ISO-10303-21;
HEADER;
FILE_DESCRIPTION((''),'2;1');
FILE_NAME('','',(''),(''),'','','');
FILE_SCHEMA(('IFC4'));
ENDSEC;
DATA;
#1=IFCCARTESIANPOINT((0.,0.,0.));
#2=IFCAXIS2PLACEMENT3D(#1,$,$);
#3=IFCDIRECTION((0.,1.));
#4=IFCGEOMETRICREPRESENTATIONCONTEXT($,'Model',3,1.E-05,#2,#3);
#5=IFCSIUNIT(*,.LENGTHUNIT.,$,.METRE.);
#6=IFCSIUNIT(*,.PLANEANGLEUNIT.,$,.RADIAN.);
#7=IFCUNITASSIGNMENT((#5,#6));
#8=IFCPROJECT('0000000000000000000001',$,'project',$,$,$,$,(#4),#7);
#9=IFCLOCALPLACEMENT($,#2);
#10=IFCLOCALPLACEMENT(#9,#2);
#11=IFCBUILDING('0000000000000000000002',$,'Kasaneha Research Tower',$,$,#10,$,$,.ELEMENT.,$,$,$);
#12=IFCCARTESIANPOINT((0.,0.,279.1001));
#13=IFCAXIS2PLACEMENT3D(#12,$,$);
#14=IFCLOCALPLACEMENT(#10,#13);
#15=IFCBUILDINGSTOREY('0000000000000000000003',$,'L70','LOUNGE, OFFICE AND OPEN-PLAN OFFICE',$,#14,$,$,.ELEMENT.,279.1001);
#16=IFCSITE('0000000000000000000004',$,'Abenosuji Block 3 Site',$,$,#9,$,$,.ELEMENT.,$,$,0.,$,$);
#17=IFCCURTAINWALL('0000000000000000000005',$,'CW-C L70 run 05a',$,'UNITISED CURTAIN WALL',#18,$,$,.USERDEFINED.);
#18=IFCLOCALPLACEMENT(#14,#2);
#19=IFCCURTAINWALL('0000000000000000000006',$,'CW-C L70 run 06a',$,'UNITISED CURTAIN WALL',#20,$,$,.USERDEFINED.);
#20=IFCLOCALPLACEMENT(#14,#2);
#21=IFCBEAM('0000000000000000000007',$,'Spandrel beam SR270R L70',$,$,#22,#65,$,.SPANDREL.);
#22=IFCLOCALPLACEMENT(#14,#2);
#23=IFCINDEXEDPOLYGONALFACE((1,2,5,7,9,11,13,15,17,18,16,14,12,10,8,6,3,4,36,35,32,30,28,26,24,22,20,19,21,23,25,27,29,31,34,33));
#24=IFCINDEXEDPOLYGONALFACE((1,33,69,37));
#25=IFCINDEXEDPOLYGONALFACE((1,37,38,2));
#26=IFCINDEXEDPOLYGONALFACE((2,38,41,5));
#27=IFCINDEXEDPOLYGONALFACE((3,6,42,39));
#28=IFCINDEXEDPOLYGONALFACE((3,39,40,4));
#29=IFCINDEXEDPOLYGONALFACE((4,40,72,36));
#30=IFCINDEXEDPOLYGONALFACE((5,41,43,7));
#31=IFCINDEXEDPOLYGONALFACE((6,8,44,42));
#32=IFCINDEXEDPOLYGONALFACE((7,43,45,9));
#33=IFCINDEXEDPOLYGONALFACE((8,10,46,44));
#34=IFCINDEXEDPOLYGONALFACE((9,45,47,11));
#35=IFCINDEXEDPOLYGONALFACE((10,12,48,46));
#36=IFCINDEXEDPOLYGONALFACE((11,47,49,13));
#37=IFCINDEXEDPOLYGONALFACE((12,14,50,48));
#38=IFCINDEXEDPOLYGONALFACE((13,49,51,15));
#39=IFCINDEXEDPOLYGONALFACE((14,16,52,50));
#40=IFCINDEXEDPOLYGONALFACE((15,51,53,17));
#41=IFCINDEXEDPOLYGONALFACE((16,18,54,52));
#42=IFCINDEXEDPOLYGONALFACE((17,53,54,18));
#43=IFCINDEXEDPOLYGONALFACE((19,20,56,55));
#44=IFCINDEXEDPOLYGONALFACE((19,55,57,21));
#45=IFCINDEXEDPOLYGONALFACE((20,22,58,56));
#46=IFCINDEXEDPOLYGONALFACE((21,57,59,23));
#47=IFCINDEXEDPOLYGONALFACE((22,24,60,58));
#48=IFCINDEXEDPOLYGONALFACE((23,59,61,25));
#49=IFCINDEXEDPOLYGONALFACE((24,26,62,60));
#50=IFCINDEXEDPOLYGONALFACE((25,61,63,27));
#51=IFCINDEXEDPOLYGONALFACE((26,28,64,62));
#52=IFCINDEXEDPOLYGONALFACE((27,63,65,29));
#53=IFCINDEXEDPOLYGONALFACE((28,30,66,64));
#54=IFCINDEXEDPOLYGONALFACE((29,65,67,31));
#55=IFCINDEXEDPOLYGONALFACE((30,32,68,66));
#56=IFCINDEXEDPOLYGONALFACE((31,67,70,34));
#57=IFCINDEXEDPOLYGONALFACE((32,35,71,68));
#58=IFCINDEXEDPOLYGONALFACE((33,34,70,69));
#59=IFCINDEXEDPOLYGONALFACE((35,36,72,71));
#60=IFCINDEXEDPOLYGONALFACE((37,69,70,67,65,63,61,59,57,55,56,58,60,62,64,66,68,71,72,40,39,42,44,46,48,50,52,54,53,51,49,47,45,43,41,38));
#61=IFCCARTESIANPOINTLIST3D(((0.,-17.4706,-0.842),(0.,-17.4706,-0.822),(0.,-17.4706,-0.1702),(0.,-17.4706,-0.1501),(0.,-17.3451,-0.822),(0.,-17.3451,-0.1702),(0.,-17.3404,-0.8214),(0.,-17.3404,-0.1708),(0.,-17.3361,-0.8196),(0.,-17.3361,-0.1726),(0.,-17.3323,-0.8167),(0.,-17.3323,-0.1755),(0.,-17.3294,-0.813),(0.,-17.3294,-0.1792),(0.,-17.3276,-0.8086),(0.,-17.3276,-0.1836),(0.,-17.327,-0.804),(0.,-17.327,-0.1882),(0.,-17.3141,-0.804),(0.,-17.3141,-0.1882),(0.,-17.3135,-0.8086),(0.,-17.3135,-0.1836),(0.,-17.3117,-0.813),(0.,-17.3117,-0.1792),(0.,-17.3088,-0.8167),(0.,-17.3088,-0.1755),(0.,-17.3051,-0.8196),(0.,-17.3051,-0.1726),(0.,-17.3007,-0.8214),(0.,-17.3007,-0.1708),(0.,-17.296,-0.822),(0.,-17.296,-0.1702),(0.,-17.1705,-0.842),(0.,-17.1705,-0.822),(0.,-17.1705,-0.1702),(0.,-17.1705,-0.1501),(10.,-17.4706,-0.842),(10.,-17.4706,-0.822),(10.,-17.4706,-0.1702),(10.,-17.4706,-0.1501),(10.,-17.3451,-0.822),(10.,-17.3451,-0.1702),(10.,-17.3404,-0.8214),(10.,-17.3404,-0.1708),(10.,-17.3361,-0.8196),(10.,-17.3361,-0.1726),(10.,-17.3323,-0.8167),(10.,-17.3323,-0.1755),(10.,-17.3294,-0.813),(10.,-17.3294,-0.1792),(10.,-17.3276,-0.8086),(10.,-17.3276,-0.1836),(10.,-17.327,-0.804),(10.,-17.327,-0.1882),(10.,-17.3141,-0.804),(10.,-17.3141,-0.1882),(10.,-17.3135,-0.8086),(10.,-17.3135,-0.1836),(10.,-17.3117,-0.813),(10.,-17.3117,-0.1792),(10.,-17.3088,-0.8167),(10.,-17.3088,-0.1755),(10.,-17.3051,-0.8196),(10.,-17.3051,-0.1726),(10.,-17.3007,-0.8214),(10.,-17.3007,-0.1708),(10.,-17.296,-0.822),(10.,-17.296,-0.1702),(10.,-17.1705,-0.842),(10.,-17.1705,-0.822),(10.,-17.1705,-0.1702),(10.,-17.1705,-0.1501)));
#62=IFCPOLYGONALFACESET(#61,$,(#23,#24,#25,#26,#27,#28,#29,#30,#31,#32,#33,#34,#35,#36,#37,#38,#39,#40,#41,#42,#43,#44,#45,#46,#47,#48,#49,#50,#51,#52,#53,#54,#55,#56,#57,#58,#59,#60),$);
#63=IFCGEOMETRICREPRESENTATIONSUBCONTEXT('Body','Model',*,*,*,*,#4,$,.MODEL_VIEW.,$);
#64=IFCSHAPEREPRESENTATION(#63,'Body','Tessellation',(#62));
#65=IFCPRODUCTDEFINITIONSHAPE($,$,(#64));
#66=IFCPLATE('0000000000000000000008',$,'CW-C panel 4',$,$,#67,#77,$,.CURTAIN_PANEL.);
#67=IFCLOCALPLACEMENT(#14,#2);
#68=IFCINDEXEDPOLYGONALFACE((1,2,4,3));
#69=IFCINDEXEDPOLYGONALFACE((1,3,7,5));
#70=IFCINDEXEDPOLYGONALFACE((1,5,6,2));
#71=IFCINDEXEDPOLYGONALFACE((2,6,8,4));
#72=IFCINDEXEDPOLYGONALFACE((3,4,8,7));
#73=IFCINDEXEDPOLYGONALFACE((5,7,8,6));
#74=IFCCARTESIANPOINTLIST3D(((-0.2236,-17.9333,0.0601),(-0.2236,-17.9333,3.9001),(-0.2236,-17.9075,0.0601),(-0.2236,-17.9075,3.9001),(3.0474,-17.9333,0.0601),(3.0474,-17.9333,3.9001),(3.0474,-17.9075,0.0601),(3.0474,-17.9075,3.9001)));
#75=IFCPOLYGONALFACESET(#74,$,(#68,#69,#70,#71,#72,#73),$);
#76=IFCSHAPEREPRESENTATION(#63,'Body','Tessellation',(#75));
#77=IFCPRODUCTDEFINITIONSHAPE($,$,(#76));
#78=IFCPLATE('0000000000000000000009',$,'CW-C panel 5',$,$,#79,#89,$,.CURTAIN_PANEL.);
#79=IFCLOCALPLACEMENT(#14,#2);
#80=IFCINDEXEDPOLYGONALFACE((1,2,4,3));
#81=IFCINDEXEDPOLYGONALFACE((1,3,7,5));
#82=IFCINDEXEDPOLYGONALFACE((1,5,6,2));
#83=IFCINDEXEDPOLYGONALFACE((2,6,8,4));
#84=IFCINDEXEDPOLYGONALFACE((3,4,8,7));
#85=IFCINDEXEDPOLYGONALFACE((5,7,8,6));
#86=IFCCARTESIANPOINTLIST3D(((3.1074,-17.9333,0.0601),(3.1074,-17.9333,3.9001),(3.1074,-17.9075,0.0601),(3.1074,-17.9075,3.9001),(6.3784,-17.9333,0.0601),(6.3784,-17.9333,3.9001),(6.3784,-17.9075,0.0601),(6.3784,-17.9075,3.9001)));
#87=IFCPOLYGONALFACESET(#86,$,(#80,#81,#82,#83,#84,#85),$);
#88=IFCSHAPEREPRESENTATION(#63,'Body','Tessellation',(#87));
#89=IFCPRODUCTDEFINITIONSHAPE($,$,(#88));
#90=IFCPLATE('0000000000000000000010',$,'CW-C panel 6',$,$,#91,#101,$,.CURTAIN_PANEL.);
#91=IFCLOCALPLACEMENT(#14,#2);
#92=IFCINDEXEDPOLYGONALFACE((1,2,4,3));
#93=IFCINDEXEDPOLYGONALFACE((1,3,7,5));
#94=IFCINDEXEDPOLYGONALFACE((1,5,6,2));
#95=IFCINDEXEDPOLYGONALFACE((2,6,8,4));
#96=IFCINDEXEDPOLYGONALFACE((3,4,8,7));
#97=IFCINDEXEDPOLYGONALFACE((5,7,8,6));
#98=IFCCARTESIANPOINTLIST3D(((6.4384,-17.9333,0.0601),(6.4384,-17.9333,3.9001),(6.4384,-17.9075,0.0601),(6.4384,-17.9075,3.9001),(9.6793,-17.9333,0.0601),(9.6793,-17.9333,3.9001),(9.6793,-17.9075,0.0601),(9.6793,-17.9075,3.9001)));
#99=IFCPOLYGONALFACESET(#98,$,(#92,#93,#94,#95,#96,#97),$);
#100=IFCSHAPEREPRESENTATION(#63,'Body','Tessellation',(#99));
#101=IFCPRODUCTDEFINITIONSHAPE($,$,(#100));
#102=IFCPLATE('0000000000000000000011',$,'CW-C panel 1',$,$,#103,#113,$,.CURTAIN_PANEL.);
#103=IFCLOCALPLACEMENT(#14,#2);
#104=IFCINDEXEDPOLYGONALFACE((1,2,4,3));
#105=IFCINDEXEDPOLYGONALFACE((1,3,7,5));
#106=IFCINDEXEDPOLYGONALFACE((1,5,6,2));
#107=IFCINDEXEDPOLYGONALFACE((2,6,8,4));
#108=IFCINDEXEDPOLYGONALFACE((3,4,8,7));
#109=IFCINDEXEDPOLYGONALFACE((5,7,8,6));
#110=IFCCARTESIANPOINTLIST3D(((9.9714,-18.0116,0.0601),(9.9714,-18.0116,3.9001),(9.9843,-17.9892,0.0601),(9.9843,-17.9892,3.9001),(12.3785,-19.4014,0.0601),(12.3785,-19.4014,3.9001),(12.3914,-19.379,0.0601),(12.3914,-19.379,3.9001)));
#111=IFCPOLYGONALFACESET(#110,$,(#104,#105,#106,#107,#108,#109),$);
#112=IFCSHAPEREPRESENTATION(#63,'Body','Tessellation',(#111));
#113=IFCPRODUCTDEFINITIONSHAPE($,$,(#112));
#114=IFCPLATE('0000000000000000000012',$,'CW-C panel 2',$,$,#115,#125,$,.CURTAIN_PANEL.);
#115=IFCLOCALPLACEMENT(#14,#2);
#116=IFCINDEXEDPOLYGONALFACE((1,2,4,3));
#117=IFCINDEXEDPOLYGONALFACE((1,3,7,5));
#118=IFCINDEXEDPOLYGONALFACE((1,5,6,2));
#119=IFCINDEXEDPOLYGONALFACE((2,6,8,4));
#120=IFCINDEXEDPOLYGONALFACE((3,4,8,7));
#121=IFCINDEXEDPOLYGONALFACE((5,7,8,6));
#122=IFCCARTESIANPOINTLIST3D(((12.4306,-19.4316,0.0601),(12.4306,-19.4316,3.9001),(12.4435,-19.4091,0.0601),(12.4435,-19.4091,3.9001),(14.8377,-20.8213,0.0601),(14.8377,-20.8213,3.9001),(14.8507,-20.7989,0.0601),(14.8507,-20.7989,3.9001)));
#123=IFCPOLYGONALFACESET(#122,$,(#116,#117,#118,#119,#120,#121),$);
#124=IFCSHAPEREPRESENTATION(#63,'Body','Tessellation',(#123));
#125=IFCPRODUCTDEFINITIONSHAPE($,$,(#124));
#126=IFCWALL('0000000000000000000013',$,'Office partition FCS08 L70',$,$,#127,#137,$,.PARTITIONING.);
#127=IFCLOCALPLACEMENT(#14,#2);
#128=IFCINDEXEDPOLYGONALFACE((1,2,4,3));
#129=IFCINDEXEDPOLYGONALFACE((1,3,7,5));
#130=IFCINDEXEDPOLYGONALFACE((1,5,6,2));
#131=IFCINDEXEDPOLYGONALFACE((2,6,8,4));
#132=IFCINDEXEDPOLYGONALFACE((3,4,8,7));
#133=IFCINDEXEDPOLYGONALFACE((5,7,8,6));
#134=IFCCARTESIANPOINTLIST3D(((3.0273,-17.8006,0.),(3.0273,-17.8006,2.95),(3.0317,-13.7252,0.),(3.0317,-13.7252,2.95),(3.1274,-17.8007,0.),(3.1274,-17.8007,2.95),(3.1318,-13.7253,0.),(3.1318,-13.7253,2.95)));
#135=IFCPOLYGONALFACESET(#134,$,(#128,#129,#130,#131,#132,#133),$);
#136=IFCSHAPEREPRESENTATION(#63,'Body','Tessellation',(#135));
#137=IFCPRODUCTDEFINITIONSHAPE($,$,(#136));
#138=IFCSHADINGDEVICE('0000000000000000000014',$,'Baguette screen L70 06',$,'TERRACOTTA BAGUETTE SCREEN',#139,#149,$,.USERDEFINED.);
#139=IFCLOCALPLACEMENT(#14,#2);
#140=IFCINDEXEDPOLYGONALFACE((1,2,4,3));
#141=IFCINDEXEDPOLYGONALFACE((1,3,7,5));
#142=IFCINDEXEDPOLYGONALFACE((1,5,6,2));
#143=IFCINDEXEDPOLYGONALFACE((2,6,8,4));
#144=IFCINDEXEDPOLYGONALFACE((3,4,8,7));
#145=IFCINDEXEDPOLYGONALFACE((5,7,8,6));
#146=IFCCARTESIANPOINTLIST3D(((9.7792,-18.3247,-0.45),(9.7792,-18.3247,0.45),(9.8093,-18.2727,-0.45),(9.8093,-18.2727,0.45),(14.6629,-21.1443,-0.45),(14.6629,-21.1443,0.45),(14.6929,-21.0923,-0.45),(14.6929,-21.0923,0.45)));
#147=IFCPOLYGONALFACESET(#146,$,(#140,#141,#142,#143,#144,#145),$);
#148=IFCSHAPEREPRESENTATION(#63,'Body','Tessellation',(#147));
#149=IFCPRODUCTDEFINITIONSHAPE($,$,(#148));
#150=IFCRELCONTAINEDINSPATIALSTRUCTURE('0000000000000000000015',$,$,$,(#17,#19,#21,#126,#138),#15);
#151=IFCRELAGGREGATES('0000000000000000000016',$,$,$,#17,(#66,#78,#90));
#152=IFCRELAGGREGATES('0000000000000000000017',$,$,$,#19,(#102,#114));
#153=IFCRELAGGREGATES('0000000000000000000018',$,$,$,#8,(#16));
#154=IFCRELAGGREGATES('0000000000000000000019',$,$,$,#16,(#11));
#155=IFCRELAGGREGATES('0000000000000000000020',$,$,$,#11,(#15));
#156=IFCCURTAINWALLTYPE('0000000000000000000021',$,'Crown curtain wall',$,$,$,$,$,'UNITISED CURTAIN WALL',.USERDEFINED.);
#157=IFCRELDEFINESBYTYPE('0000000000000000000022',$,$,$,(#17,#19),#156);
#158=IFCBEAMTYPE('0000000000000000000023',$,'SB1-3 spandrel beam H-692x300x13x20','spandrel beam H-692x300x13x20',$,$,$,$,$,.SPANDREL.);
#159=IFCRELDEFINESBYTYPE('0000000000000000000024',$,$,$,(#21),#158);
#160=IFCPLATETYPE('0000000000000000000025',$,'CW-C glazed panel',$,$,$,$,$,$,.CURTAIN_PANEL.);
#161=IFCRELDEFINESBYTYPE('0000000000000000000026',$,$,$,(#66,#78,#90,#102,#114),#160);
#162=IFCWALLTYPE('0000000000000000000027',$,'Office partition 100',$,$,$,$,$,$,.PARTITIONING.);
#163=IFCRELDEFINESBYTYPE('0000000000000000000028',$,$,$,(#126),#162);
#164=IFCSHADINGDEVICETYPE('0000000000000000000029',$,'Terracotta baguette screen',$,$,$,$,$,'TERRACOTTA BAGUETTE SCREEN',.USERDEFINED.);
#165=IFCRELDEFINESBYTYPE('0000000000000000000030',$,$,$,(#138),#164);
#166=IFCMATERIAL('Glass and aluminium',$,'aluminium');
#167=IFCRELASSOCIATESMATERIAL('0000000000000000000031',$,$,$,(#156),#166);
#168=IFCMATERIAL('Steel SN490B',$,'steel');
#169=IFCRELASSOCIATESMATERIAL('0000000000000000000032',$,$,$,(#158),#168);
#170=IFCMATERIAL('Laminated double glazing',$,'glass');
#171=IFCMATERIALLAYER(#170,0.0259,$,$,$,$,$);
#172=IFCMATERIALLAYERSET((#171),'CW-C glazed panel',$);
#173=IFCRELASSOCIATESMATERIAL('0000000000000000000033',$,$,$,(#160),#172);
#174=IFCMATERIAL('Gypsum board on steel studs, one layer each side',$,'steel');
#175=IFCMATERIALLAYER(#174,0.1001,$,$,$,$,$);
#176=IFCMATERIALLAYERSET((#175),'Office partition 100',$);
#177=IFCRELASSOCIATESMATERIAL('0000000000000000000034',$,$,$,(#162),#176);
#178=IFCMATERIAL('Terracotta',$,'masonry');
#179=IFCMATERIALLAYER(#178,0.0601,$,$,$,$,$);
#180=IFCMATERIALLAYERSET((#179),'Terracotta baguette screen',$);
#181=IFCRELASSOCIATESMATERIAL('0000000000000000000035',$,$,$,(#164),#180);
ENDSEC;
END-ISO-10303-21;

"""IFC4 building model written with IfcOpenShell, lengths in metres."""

from ifc_helpers import new_model, si_unit, direction, frame, frame_2d, origin, origin_2d, place, context, subcontext, project, spatial, rectangle, i_section, extrude, material, layer, layer_set, material_profile, profile_set, type_object, element, aggregate, save


model = new_model("IFC4")

# Units and contexts
model_context = context("Model", 3, precision=1e-05, world=origin(), true_north=direction((0.0, 1.0)))
body_context = subcontext(model_context, "Body", "Model", "MODEL_VIEW")
ifc_project = project(units=[si_unit("LENGTHUNIT", "METRE"), si_unit("PLANEANGLEUNIT", "RADIAN")], contexts=[model_context])

# Site, building, storey
site_placement = place(None, origin())
site = spatial("IfcSite", under=ifc_project, at=site_placement, Name="Abenosuji Block 3 Site", CompositionType="ELEMENT", RefElevation=0.0)
building_placement = place(site_placement, origin())
building = spatial("IfcBuilding", under=site, at=building_placement, Name="Kasaneha Research Tower", CompositionType="ELEMENT")
storey_placement = place(building_placement, frame((0.0, 0.0, 279.1001)))
storey = spatial("IfcBuildingStorey", under=building, at=storey_placement, Name="L70", Description="LOUNGE, OFFICE AND OPEN-PLAN OFFICE", CompositionType="ELEMENT", Elevation=279.1001)

# Curtain walls
ifc_material_1 = material(Name="Glass and aluminium", Category="aluminium")
curtain_wall_type = type_object("IfcCurtainWallType", Name="Crown curtain wall", ElementType="UNITISED CURTAIN WALL", PredefinedType="USERDEFINED", material=ifc_material_1)
curtain_wall_1_placement = place(storey_placement, origin())
curtain_wall_1 = element("IfcCurtainWall", 1, at=curtain_wall_1_placement, inside=storey, type_object=curtain_wall_type, Name="CW-C L70 run 05a", ObjectType="UNITISED CURTAIN WALL", PredefinedType="USERDEFINED")
curtain_wall_2_placement = place(storey_placement, origin())
curtain_wall_2 = element("IfcCurtainWall", 2, at=curtain_wall_2_placement, inside=storey, type_object=curtain_wall_type, Name="CW-C L70 run 06a", ObjectType="UNITISED CURTAIN WALL", PredefinedType="USERDEFINED")

# Beam
ifc_material_2 = material(Name="Steel SN490B", Category="steel")
ifc_material_profile_1 = material_profile(ifc_material_2, i_section(OverallWidth=0.3, OverallDepth=0.6919, WebThickness=0.0129, FlangeThickness=0.02, FilletRadius=0.0181, at=origin_2d()), Name="H-692x300x13x20")
ifc_profile_set_1 = profile_set([ifc_material_profile_1], Name="Steel SN490B")
beam_type_1 = type_object("IfcBeamType", Name="SB1-3 spandrel beam H-692x300x13x20", Description="spandrel beam H-692x300x13x20", PredefinedType="SPANDREL", material=ifc_profile_set_1)
beam_1_placement = place(storey_placement, frame((10.0, -17.3206, -0.4961), z_axis=(-1.0, 0.0, 0.0), x_axis=(0.0, -1.0, 0.0)))
element("IfcBeam", 3, at=beam_1_placement, inside=storey, type_object=beam_type_1, Name="Spandrel beam SR270R L70", PredefinedType="SPANDREL", context=body_context, shape_type="SweptSolid", body=[
    extrude(i_section(OverallWidth=0.3, OverallDepth=0.6919, WebThickness=0.0129, FlangeThickness=0.02, FilletRadius=0.0181, at=origin_2d()), origin(), (0.0, 0.0, 1.0), 10.0),
])

# Plates
ifc_material_3 = material(Name="Laminated double glazing", Category="glass")
ifc_layer_1 = layer(ifc_material_3, 0.0259)
ifc_layer_set_1 = layer_set([ifc_layer_1], Name="CW-C glazed panel")
plate_type = type_object("IfcPlateType", Name="CW-C glazed panel", PredefinedType="CURTAIN_PANEL", material=ifc_layer_set_1)
plate_1_placement = place(storey_placement, frame((1.4119, -17.9204, 0.0601), z_axis=(0.0, 0.0, 1.0), x_axis=(1.0, 0.0, 0.0)))
plate_1 = element("IfcPlate", 4, at=plate_1_placement, type_object=plate_type, Name="CW-C panel 4", PredefinedType="CURTAIN_PANEL", context=body_context, shape_type="SweptSolid", body=[
    extrude(rectangle(XDim=3.271, YDim=0.0259, at=origin_2d()), origin(), (0.0, 0.0, 1.0), 3.8401),
])
plate_2_placement = place(storey_placement, frame((4.7429, -17.9204, 0.0601), z_axis=(0.0, 0.0, 1.0), x_axis=(1.0, 0.0, 0.0)))
plate_2 = element("IfcPlate", 5, at=plate_2_placement, type_object=plate_type, Name="CW-C panel 5", PredefinedType="CURTAIN_PANEL", context=body_context, shape_type="SweptSolid", body=[
    extrude(rectangle(XDim=3.271, YDim=0.0259, at=origin_2d()), origin(), (0.0, 0.0, 1.0), 3.8401),
])
plate_3_placement = place(storey_placement, frame((8.0588, -17.9204, 0.0601), z_axis=(0.0, 0.0, 1.0), x_axis=(1.0, 0.0, 0.0)))
plate_3 = element("IfcPlate", 6, at=plate_3_placement, type_object=plate_type, Name="CW-C panel 6", PredefinedType="CURTAIN_PANEL", context=body_context, shape_type="SweptSolid", body=[
    extrude(rectangle(XDim=3.241, YDim=0.0259, at=origin_2d()), origin(), (0.0, 0.0, 1.0), 3.8401),
])
aggregate(curtain_wall_1, [plate_1, plate_2, plate_3])
plate_4_placement = place(storey_placement, frame((11.1814, -18.6953, 0.0601), z_axis=(0.0, 0.0, 1.0), x_axis=(0.866025, -0.5, 0.0)))
plate_4 = element("IfcPlate", 7, at=plate_4_placement, type_object=plate_type, Name="CW-C panel 1", PredefinedType="CURTAIN_PANEL", context=body_context, shape_type="SweptSolid", body=[
    extrude(rectangle(XDim=2.7795, YDim=0.0259, at=origin_2d()), origin(), (0.0, 0.0, 1.0), 3.8401),
])
plate_5_placement = place(storey_placement, frame((13.6406, -20.1152, 0.0601), z_axis=(0.0, 0.0, 1.0), x_axis=(0.866025, -0.5, 0.0)))
plate_5 = element("IfcPlate", 8, at=plate_5_placement, type_object=plate_type, Name="CW-C panel 2", PredefinedType="CURTAIN_PANEL", context=body_context, shape_type="SweptSolid", body=[
    extrude(rectangle(XDim=2.7795, YDim=0.0259, at=origin_2d()), origin(), (0.0, 0.0, 1.0), 3.8401),
])
aggregate(curtain_wall_2, [plate_4, plate_5])

# Wall
ifc_material_4 = material(Name="Gypsum board on steel studs, one layer each side", Category="steel")
ifc_layer_2 = layer(ifc_material_4, 0.1001)
ifc_layer_set_2 = layer_set([ifc_layer_2], Name="Office partition 100")
wall_type = type_object("IfcWallType", Name="Office partition 100", PredefinedType="PARTITIONING", material=ifc_layer_set_2)
wall_placement = place(storey_placement, frame((3.0774, -17.8005, 0.0), z_axis=(0.0, 0.0, 1.0), x_axis=(0.001078, 0.999999, 0.0)))
element("IfcWall", 9, at=wall_placement, inside=storey, type_object=wall_type, Name="Office partition FCS08 L70", PredefinedType="PARTITIONING", context=body_context, shape_type="SweptSolid", body=[
    extrude(rectangle(XDim=4.0754, YDim=0.1001, at=frame_2d((2.0376, 0.0))), origin(), (0.0, 0.0, 1.0), 2.95),
])

# Shading device
ifc_material_5 = material(Name="Terracotta", Category="masonry")
ifc_layer_3 = layer(ifc_material_5, 0.0601)
ifc_layer_set_3 = layer_set([ifc_layer_3], Name="Terracotta baguette screen")
shading_device_type = type_object("IfcShadingDeviceType", Name="Terracotta baguette screen", ElementType="TERRACOTTA BAGUETTE SCREEN", PredefinedType="USERDEFINED", material=ifc_layer_set_3)
shading_device_placement = place(storey_placement, frame((12.2361, -19.7085, -0.45), z_axis=(0.0, 0.0, 1.0), x_axis=(0.866025, -0.5, 0.0)))
element("IfcShadingDevice", 10, at=shading_device_placement, inside=storey, type_object=shading_device_type, Name="Baguette screen L70 06", ObjectType="TERRACOTTA BAGUETTE SCREEN", PredefinedType="USERDEFINED", context=body_context, shape_type="SweptSolid", body=[
    extrude(rectangle(XDim=5.6392, YDim=0.0601, at=origin_2d()), origin(), (0.0, 0.0, 1.0), 0.8999),
])

save(model, "model.ifc")
